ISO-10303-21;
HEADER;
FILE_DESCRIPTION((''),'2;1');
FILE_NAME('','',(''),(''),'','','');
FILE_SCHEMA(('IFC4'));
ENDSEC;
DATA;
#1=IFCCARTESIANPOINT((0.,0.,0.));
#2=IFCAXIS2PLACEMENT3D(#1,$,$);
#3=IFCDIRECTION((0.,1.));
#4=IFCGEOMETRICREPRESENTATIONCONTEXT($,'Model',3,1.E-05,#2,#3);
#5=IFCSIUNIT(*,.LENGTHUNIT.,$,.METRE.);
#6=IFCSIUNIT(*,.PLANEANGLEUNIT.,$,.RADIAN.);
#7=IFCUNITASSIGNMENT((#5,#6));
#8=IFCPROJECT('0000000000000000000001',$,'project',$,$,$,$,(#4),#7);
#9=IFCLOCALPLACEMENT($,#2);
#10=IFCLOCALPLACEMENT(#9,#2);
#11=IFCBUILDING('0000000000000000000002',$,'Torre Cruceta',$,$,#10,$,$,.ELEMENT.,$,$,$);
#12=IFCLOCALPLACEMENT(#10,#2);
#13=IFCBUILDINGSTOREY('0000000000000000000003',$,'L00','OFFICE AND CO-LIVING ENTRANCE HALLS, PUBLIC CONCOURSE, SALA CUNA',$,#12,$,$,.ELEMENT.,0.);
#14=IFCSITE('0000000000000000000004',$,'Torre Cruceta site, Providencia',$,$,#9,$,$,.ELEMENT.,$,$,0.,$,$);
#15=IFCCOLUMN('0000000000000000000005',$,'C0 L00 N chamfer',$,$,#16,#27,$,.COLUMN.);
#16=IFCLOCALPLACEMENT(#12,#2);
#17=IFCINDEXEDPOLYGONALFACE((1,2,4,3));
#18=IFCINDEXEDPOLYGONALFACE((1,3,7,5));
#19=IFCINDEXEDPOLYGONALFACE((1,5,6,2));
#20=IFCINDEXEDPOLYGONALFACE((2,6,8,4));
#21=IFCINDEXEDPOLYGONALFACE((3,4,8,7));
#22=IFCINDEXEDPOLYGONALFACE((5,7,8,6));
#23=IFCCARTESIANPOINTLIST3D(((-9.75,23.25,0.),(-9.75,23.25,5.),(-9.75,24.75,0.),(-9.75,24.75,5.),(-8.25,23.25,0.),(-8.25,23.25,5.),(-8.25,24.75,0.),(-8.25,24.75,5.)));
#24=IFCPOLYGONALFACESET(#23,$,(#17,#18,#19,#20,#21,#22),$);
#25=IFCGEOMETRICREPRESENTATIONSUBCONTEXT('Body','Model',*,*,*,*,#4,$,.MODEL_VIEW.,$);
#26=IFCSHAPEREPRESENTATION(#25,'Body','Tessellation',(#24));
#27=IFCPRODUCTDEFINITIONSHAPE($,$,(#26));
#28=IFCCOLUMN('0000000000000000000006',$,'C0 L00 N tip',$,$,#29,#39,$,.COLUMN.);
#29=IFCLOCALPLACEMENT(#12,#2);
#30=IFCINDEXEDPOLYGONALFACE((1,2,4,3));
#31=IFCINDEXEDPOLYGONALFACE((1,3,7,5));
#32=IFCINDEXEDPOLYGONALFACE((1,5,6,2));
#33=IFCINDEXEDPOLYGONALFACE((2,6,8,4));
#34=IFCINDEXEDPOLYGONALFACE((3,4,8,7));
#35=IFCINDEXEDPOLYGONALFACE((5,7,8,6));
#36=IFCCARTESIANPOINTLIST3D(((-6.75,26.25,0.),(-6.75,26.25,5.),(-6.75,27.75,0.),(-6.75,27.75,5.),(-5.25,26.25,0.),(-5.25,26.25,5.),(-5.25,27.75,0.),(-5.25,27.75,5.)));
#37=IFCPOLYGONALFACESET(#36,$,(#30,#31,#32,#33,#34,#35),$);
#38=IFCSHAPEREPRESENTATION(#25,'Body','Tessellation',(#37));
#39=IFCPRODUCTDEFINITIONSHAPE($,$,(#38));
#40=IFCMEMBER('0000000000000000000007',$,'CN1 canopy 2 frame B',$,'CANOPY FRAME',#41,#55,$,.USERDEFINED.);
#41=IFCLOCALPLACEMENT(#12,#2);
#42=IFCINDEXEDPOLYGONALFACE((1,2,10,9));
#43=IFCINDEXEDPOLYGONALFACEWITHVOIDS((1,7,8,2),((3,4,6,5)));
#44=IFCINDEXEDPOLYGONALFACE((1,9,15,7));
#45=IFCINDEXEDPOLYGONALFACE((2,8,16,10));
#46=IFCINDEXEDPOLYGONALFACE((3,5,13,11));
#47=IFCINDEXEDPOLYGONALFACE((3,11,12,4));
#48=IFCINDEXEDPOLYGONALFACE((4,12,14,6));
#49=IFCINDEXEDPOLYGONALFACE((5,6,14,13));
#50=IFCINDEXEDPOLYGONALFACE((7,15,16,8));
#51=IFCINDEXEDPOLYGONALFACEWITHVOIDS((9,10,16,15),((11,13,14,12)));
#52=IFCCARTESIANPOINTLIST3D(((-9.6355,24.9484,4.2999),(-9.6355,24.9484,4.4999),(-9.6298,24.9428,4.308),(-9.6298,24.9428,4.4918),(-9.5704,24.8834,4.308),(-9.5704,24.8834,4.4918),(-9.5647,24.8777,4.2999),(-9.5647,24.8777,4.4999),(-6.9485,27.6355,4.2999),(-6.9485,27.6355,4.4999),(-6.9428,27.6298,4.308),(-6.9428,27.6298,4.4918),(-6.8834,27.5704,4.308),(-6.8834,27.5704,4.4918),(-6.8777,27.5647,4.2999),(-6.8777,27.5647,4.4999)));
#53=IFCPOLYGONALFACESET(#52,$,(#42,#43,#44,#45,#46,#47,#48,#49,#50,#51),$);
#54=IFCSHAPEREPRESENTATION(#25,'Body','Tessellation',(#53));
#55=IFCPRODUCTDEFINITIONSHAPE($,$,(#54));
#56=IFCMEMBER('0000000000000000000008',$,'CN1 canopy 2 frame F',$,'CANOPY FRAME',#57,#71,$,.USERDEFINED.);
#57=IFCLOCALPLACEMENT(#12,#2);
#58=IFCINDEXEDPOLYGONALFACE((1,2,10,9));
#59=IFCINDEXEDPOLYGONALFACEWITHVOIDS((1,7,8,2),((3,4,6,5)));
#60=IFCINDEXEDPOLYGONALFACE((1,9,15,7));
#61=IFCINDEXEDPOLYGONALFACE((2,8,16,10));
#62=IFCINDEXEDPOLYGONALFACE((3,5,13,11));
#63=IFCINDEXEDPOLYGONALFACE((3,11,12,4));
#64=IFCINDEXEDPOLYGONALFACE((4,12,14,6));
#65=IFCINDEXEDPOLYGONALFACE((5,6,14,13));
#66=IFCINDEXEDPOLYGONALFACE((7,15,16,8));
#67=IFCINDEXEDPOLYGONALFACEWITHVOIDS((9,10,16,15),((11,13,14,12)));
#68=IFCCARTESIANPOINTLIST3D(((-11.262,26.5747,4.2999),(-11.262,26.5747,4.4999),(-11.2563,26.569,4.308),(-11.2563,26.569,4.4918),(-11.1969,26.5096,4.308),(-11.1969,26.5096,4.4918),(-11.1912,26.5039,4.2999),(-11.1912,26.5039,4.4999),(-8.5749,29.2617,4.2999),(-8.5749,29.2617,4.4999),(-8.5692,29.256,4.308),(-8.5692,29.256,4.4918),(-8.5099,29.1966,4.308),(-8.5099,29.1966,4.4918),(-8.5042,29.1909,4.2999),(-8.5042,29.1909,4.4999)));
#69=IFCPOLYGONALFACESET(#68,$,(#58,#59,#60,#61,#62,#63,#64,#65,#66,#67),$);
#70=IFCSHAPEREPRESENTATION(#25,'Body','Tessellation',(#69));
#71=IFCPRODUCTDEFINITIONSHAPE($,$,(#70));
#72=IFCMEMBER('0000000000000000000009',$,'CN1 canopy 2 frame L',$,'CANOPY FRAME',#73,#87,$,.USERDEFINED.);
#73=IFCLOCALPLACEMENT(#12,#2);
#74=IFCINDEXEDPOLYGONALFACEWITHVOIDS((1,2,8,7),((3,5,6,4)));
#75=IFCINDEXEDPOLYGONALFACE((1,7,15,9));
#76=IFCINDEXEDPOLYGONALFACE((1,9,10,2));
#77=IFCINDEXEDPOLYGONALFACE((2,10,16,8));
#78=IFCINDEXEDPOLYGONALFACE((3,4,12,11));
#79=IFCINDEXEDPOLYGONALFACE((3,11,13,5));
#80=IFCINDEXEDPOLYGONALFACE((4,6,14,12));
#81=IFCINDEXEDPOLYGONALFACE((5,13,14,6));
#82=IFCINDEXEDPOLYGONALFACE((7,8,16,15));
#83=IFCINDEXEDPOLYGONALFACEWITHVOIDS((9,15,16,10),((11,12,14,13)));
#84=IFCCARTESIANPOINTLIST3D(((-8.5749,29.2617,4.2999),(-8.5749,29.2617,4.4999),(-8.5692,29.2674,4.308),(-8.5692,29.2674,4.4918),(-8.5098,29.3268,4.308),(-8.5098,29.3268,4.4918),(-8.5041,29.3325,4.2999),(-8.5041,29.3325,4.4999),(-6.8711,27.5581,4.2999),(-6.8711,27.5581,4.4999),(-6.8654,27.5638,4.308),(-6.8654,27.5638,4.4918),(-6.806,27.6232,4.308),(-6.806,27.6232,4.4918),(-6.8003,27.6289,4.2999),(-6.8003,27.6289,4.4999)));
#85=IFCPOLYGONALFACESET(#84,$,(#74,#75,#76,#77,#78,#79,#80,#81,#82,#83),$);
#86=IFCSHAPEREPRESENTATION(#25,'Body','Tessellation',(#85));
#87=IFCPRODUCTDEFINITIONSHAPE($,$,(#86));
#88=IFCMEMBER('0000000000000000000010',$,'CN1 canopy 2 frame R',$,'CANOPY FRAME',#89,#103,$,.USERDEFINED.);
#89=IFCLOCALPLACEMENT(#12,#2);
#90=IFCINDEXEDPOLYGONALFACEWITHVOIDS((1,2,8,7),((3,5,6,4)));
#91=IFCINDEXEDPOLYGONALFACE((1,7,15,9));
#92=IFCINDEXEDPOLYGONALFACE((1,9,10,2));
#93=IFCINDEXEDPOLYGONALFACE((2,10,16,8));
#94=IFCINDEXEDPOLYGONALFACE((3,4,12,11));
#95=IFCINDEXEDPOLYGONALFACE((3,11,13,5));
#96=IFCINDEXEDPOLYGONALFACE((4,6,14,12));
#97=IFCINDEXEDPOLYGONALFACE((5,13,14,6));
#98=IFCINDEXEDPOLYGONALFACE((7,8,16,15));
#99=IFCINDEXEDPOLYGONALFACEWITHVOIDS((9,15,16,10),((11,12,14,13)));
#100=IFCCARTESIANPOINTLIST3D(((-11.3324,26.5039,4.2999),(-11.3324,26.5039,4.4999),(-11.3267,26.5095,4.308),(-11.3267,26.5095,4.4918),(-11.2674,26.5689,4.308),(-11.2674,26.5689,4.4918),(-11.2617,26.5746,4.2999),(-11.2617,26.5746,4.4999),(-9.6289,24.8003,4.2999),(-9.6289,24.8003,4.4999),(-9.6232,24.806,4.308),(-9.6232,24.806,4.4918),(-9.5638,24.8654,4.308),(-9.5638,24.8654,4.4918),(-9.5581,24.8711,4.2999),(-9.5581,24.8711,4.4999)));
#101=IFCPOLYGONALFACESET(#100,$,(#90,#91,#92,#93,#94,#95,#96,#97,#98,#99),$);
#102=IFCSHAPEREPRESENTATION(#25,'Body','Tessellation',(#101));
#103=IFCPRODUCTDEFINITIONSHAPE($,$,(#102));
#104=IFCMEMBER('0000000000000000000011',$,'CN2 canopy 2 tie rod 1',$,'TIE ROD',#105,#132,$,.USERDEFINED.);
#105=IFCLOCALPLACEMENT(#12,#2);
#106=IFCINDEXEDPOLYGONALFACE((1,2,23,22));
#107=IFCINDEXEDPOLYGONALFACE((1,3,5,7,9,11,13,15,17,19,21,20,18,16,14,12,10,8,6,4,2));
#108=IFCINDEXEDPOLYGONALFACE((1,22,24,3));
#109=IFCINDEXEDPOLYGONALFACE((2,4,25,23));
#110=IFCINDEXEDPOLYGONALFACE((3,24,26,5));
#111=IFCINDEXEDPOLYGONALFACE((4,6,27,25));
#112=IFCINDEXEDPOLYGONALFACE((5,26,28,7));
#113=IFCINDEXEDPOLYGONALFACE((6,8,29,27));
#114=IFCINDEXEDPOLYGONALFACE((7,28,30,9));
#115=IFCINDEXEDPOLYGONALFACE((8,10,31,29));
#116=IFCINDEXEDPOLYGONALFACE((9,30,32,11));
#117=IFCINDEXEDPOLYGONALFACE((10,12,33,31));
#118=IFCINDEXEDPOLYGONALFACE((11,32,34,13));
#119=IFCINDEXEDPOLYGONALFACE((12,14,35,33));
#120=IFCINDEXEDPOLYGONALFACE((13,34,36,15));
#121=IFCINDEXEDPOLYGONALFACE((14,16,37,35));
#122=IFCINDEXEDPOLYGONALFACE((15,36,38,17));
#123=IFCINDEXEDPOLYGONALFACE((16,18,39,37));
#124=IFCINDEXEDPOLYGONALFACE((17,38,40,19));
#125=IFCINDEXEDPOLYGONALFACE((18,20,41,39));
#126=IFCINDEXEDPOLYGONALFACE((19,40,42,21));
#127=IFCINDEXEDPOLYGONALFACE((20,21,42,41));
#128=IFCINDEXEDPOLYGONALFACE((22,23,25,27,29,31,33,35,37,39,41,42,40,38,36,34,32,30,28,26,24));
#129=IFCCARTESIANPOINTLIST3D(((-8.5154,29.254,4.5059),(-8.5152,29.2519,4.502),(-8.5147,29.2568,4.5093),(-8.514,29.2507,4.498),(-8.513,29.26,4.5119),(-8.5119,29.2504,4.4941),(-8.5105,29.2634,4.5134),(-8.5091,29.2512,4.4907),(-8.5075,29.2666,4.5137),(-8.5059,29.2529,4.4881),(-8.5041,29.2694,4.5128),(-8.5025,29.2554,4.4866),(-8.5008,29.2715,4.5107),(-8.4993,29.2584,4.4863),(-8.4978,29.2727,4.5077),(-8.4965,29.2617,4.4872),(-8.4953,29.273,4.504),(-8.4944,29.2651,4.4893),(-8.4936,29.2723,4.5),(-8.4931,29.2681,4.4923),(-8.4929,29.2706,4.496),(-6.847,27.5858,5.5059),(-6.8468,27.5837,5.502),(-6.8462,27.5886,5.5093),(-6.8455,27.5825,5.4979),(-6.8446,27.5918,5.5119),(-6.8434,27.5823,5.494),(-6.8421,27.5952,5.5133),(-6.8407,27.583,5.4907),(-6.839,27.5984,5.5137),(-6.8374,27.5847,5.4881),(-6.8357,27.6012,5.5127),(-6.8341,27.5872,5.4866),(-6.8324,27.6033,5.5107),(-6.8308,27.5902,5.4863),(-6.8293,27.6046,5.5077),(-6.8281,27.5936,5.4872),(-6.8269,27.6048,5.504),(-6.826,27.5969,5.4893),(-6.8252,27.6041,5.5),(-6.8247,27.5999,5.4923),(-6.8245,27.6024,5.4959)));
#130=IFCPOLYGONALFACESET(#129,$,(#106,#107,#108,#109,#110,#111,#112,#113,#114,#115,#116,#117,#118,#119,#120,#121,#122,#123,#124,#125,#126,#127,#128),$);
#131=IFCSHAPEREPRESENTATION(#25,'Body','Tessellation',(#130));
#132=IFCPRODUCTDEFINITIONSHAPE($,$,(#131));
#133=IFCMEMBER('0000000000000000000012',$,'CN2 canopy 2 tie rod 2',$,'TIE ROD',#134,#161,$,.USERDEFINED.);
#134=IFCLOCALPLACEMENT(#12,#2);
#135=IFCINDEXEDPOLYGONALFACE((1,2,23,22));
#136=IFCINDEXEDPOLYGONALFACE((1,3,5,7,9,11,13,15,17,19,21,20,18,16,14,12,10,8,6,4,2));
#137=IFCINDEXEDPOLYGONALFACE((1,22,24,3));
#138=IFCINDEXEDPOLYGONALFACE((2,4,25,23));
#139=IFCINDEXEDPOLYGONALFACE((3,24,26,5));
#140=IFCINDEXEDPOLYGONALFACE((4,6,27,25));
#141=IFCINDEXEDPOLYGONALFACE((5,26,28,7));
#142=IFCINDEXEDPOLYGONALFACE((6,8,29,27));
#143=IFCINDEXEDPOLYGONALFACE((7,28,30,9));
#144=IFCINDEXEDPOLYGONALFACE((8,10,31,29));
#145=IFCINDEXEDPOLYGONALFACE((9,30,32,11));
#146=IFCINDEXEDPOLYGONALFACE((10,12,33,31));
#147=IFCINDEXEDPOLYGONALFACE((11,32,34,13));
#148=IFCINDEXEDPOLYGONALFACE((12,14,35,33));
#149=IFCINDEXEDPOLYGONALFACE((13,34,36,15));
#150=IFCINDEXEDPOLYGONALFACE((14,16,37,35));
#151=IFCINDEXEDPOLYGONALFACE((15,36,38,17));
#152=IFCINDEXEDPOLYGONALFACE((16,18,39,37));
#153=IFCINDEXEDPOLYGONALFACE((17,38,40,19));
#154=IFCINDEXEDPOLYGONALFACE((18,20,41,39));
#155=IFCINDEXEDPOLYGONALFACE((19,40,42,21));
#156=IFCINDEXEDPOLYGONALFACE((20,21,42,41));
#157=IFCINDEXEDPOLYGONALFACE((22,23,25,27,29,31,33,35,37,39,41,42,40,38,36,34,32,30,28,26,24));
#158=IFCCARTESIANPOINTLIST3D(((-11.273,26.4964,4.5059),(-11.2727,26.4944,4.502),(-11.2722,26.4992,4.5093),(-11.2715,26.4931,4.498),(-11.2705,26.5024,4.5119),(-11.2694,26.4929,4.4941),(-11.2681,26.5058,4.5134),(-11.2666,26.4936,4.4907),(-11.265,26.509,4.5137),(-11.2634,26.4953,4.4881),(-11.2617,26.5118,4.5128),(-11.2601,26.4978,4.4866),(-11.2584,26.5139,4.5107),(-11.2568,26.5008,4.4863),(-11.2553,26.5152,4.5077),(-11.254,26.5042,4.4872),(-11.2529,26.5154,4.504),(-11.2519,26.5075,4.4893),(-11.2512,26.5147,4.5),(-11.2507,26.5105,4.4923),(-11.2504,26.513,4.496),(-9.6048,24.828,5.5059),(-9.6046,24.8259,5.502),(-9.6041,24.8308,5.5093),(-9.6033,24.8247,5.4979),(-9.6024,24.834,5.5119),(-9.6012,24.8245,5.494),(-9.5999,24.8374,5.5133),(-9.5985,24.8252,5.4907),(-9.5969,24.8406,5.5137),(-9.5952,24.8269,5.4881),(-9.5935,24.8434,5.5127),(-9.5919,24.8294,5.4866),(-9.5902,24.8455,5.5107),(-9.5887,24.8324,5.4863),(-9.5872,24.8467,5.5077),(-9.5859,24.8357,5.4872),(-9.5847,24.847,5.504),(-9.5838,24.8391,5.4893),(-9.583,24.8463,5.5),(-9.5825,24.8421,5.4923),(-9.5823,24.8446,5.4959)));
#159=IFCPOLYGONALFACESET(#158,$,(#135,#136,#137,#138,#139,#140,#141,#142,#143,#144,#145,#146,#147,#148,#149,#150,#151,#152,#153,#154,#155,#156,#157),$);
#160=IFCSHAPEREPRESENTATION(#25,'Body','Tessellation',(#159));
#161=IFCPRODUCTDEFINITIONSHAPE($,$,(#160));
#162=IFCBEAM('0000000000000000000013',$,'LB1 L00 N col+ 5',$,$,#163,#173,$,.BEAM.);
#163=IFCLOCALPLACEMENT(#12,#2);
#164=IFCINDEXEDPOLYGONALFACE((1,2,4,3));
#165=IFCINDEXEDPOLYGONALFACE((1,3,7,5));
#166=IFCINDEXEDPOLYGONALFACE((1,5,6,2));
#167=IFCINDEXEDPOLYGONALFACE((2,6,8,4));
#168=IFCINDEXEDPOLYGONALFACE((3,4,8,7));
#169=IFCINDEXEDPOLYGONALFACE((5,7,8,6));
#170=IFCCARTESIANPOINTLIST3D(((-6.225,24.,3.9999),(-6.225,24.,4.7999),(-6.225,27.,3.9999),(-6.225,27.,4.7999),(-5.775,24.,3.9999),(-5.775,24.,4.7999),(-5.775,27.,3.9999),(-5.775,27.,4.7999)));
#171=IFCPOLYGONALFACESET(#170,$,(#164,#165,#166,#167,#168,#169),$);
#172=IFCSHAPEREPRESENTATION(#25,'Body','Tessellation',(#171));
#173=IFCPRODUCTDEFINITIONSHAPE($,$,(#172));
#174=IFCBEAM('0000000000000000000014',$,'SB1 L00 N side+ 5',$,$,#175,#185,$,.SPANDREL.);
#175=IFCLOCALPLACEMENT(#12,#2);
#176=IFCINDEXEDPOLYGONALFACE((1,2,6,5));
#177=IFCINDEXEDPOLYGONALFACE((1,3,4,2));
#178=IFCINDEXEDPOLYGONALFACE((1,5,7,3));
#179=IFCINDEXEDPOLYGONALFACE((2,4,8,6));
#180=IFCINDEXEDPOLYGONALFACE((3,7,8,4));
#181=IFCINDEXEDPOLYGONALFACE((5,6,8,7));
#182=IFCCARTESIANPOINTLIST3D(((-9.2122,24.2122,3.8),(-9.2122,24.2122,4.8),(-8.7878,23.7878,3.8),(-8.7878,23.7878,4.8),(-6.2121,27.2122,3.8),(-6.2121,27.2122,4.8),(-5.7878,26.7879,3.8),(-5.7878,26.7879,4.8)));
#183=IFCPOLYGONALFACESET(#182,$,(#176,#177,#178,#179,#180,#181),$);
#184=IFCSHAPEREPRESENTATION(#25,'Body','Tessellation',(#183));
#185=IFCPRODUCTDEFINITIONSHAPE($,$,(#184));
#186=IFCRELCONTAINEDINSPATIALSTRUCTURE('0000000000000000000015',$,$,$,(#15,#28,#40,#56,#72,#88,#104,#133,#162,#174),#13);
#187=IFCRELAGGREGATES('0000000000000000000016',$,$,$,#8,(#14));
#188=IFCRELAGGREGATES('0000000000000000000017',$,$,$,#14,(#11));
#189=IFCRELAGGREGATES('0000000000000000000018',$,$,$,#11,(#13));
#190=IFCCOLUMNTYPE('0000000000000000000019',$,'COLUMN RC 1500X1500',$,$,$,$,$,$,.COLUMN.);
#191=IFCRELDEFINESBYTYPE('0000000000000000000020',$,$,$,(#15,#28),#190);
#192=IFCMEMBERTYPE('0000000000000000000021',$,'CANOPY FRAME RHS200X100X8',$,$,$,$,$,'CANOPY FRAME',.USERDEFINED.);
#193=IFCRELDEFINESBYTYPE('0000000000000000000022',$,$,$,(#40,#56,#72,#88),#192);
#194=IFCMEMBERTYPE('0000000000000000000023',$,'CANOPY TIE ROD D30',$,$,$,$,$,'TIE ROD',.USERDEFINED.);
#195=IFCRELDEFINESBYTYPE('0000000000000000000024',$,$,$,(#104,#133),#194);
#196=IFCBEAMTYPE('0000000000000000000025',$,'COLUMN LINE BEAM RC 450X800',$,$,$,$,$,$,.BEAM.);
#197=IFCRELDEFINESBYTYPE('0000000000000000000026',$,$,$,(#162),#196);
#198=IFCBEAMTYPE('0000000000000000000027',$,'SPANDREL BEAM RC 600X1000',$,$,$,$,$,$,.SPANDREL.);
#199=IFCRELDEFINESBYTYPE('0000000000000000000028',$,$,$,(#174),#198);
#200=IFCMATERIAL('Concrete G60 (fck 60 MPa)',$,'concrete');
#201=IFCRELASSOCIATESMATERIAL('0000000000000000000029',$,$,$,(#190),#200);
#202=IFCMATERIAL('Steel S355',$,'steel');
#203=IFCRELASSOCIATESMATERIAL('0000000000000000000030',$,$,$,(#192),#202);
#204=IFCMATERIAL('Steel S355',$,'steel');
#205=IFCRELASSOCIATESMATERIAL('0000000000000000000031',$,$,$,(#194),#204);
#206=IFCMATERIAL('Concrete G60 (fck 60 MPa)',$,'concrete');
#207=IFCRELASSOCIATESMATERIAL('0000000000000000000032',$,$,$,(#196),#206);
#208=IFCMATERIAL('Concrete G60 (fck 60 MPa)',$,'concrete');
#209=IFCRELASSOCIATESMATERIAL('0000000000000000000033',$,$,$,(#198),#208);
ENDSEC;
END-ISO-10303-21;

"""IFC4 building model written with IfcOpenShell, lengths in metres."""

from ifc_helpers import new_model, si_unit, direction, frame, origin, origin_2d, place, context, subcontext, project, spatial, rectangle, hollow_rectangle, circle, extrude, material, material_profile, profile_set, type_object, element, save


model = new_model("IFC4")

# Units and contexts
model_context = context("Model", 3, precision=1e-05, world=origin(), true_north=direction((0.0, 1.0)))
body_context = subcontext(model_context, "Body", "Model", "MODEL_VIEW")
ifc_project = project(units=[si_unit("LENGTHUNIT", "METRE"), si_unit("PLANEANGLEUNIT", "RADIAN")], contexts=[model_context])

# Site, building, storey
site_placement = place(None, origin())
site = spatial("IfcSite", under=ifc_project, at=site_placement, Name="Torre Cruceta site, Providencia", CompositionType="ELEMENT", RefElevation=0.0)
building_placement = place(site_placement, origin())
building = spatial("IfcBuilding", under=site, at=building_placement, Name="Torre Cruceta", CompositionType="ELEMENT")
storey_placement = place(building_placement, origin())
storey = spatial("IfcBuildingStorey", under=building, at=storey_placement, Name="L00", Description="OFFICE AND CO-LIVING ENTRANCE HALLS, PUBLIC CONCOURSE, SALA CUNA", CompositionType="ELEMENT", Elevation=0.0)

# Columns
ifc_material_1 = material(Name="Concrete G60 (fck 60 MPa)", Category="concrete")
ifc_material_profile_1 = material_profile(ifc_material_1, rectangle(XDim=1.5, YDim=1.5, at=origin_2d()), Name="RC 1500X1500")
ifc_profile_set_1 = profile_set([ifc_material_profile_1], Name="Concrete G60 (fck 60 MPa)")
column_type = type_object("IfcColumnType", Name="COLUMN RC 1500X1500", PredefinedType="COLUMN", material=ifc_profile_set_1)
for number, where, z_axis, x_axis, name in (
    (1, (-9.0, 24.0, 0.0), (0.0, 0.0, 1.0), (1.0, 0.0, 0.0), "C0 L00 N chamfer"),
    (2, (-6.0, 27.0, 0.0), (0.0, 0.0, 1.0), (1.0, 0.0, 0.0), "C0 L00 N tip"),
):
    element("IfcColumn", number, at=place(storey_placement, frame(where, z_axis=z_axis, x_axis=x_axis)), inside=storey, type_object=column_type, Name=name, PredefinedType="COLUMN", context=body_context, shape_type="SweptSolid", body=[
        extrude(rectangle(XDim=1.5, YDim=1.5, at=origin_2d()), origin(), (0.0, 0.0, 1.0), 5.0),
    ])

# Members
ifc_material_2 = material(Name="Steel S355", Category="steel")
ifc_material_profile_2 = material_profile(ifc_material_2, hollow_rectangle(XDim=0.1001, YDim=0.2, WallThickness=0.0081, at=origin_2d()), Name="RHS200X100X8")
ifc_profile_set_2 = profile_set([ifc_material_profile_2], Name="Steel S355")
member_type_1 = type_object("IfcMemberType", Name="CANOPY FRAME RHS200X100X8", ElementType="CANOPY FRAME", PredefinedType="USERDEFINED", material=ifc_profile_set_2)
for number, where, z_axis, x_axis, name in (
    (3, (-6.9131, 27.6001, 4.3999), (-0.707107, -0.707107, 0.0), (0.707107, -0.707107, 0.0), "CN1 canopy 2 frame B"),
    (4, (-8.5396, 29.2263, 4.3999), (-0.707107, -0.707107, 0.0), (0.707107, -0.707107, 0.0), "CN1 canopy 2 frame F"),
):
    element("IfcMember", number, at=place(storey_placement, frame(where, z_axis=z_axis, x_axis=x_axis)), inside=storey, type_object=member_type_1, Name=name, ObjectType="CANOPY FRAME", PredefinedType="USERDEFINED", context=body_context, shape_type="SweptSolid", body=[
        extrude(hollow_rectangle(XDim=0.1001, YDim=0.2, WallThickness=0.0081, at=origin_2d()), origin(), (0.0, 0.0, 1.0), 3.8),
    ])
member_1_placement = place(storey_placement, frame((-6.8357, 27.5935, 4.3999), z_axis=(-0.707157, 0.707056, 0.0), x_axis=(-0.707056, -0.707157, 0.0)))
element("IfcMember", 5, at=member_1_placement, inside=storey, type_object=member_type_1, Name="CN1 canopy 2 frame L", ObjectType="CANOPY FRAME", PredefinedType="USERDEFINED", context=body_context, shape_type="SweptSolid", body=[
    extrude(hollow_rectangle(XDim=0.1001, YDim=0.2, WallThickness=0.0081, at=origin_2d()), origin(), (0.0, 0.0, 1.0), 2.4094),
])
member_2_placement = place(storey_placement, frame((-9.5935, 24.8357, 4.3999), z_axis=(-0.707107, 0.707107, 0.0), x_axis=(-0.707107, -0.707107, 0.0)))
element("IfcMember", 6, at=member_2_placement, inside=storey, type_object=member_type_1, Name="CN1 canopy 2 frame R", ObjectType="CANOPY FRAME", PredefinedType="USERDEFINED", context=body_context, shape_type="SweptSolid", body=[
    extrude(hollow_rectangle(XDim=0.1001, YDim=0.2, WallThickness=0.0081, at=origin_2d()), origin(), (0.0, 0.0, 1.0), 2.4092),
])
ifc_material_3 = material(Name="Steel S355", Category="steel")
ifc_material_profile_3 = material_profile(ifc_material_3, circle(Radius=0.0149, at=origin_2d()), Name="ROD D30")
ifc_profile_set_3 = profile_set([ifc_material_profile_3], Name="Steel S355")
member_type_2 = type_object("IfcMemberType", Name="CANOPY TIE ROD D30", ElementType="TIE ROD", PredefinedType="USERDEFINED", material=ifc_profile_set_3)
for number, where, z_axis, x_axis, name in (
    (7, (-8.5042, 29.2617, 4.5), (0.651091, -0.650996, 0.390236), (0.707055, 0.707159, 0.0), "CN2 canopy 2 tie rod 1"),
    (8, (-11.2617, 26.5042, 4.5), (0.650996, -0.651091, 0.390236), (0.707159, 0.707055, 0.0), "CN2 canopy 2 tie rod 2"),
):
    element("IfcMember", number, at=place(storey_placement, frame(where, z_axis=z_axis, x_axis=x_axis)), inside=storey, type_object=member_type_2, Name=name, ObjectType="TIE ROD", PredefinedType="USERDEFINED", context=body_context, shape_type="SweptSolid", body=[
        extrude(circle(Radius=0.0149, at=origin_2d()), origin(), (0.0, 0.0, 1.0), 2.5625),
    ])

# Beams
ifc_material_4 = material(Name="Concrete G60 (fck 60 MPa)", Category="concrete")
ifc_material_profile_4 = material_profile(ifc_material_4, rectangle(XDim=0.45, YDim=0.8, at=origin_2d()), Name="RC 450X800")
ifc_profile_set_4 = profile_set([ifc_material_profile_4], Name="Concrete G60 (fck 60 MPa)")
beam_type_1 = type_object("IfcBeamType", Name="COLUMN LINE BEAM RC 450X800", PredefinedType="BEAM", material=ifc_profile_set_4)
beam_1_placement = place(storey_placement, frame((-6.0, 24.0, 4.3999), z_axis=(0.0, 1.0, 0.0), x_axis=(-1.0, 0.0, 0.0)))
element("IfcBeam", 9, at=beam_1_placement, inside=storey, type_object=beam_type_1, Name="LB1 L00 N col+ 5", PredefinedType="BEAM", context=body_context, shape_type="SweptSolid", body=[
    extrude(rectangle(XDim=0.45, YDim=0.8, at=origin_2d()), origin(), (0.0, 0.0, 1.0), 3.0),
])
ifc_material_5 = material(Name="Concrete G60 (fck 60 MPa)", Category="concrete")
ifc_material_profile_5 = material_profile(ifc_material_5, rectangle(XDim=0.6001, YDim=1.0, at=origin_2d()), Name="RC 600X1000")
ifc_profile_set_5 = profile_set([ifc_material_profile_5], Name="Concrete G60 (fck 60 MPa)")
beam_type_2 = type_object("IfcBeamType", Name="SPANDREL BEAM RC 600X1000", PredefinedType="SPANDREL", material=ifc_profile_set_5)
beam_2_placement = place(storey_placement, frame((-9.0, 24.0, 4.3), z_axis=(0.707107, 0.707107, 0.0), x_axis=(-0.707107, 0.707107, 0.0)))
element("IfcBeam", 10, at=beam_2_placement, inside=storey, type_object=beam_type_2, Name="SB1 L00 N side+ 5", PredefinedType="SPANDREL", context=body_context, shape_type="SweptSolid", body=[
    extrude(rectangle(XDim=0.6001, YDim=1.0, at=origin_2d()), origin(), (0.0, 0.0, 1.0), 4.2427),
])

save(model, "model.ifc")
